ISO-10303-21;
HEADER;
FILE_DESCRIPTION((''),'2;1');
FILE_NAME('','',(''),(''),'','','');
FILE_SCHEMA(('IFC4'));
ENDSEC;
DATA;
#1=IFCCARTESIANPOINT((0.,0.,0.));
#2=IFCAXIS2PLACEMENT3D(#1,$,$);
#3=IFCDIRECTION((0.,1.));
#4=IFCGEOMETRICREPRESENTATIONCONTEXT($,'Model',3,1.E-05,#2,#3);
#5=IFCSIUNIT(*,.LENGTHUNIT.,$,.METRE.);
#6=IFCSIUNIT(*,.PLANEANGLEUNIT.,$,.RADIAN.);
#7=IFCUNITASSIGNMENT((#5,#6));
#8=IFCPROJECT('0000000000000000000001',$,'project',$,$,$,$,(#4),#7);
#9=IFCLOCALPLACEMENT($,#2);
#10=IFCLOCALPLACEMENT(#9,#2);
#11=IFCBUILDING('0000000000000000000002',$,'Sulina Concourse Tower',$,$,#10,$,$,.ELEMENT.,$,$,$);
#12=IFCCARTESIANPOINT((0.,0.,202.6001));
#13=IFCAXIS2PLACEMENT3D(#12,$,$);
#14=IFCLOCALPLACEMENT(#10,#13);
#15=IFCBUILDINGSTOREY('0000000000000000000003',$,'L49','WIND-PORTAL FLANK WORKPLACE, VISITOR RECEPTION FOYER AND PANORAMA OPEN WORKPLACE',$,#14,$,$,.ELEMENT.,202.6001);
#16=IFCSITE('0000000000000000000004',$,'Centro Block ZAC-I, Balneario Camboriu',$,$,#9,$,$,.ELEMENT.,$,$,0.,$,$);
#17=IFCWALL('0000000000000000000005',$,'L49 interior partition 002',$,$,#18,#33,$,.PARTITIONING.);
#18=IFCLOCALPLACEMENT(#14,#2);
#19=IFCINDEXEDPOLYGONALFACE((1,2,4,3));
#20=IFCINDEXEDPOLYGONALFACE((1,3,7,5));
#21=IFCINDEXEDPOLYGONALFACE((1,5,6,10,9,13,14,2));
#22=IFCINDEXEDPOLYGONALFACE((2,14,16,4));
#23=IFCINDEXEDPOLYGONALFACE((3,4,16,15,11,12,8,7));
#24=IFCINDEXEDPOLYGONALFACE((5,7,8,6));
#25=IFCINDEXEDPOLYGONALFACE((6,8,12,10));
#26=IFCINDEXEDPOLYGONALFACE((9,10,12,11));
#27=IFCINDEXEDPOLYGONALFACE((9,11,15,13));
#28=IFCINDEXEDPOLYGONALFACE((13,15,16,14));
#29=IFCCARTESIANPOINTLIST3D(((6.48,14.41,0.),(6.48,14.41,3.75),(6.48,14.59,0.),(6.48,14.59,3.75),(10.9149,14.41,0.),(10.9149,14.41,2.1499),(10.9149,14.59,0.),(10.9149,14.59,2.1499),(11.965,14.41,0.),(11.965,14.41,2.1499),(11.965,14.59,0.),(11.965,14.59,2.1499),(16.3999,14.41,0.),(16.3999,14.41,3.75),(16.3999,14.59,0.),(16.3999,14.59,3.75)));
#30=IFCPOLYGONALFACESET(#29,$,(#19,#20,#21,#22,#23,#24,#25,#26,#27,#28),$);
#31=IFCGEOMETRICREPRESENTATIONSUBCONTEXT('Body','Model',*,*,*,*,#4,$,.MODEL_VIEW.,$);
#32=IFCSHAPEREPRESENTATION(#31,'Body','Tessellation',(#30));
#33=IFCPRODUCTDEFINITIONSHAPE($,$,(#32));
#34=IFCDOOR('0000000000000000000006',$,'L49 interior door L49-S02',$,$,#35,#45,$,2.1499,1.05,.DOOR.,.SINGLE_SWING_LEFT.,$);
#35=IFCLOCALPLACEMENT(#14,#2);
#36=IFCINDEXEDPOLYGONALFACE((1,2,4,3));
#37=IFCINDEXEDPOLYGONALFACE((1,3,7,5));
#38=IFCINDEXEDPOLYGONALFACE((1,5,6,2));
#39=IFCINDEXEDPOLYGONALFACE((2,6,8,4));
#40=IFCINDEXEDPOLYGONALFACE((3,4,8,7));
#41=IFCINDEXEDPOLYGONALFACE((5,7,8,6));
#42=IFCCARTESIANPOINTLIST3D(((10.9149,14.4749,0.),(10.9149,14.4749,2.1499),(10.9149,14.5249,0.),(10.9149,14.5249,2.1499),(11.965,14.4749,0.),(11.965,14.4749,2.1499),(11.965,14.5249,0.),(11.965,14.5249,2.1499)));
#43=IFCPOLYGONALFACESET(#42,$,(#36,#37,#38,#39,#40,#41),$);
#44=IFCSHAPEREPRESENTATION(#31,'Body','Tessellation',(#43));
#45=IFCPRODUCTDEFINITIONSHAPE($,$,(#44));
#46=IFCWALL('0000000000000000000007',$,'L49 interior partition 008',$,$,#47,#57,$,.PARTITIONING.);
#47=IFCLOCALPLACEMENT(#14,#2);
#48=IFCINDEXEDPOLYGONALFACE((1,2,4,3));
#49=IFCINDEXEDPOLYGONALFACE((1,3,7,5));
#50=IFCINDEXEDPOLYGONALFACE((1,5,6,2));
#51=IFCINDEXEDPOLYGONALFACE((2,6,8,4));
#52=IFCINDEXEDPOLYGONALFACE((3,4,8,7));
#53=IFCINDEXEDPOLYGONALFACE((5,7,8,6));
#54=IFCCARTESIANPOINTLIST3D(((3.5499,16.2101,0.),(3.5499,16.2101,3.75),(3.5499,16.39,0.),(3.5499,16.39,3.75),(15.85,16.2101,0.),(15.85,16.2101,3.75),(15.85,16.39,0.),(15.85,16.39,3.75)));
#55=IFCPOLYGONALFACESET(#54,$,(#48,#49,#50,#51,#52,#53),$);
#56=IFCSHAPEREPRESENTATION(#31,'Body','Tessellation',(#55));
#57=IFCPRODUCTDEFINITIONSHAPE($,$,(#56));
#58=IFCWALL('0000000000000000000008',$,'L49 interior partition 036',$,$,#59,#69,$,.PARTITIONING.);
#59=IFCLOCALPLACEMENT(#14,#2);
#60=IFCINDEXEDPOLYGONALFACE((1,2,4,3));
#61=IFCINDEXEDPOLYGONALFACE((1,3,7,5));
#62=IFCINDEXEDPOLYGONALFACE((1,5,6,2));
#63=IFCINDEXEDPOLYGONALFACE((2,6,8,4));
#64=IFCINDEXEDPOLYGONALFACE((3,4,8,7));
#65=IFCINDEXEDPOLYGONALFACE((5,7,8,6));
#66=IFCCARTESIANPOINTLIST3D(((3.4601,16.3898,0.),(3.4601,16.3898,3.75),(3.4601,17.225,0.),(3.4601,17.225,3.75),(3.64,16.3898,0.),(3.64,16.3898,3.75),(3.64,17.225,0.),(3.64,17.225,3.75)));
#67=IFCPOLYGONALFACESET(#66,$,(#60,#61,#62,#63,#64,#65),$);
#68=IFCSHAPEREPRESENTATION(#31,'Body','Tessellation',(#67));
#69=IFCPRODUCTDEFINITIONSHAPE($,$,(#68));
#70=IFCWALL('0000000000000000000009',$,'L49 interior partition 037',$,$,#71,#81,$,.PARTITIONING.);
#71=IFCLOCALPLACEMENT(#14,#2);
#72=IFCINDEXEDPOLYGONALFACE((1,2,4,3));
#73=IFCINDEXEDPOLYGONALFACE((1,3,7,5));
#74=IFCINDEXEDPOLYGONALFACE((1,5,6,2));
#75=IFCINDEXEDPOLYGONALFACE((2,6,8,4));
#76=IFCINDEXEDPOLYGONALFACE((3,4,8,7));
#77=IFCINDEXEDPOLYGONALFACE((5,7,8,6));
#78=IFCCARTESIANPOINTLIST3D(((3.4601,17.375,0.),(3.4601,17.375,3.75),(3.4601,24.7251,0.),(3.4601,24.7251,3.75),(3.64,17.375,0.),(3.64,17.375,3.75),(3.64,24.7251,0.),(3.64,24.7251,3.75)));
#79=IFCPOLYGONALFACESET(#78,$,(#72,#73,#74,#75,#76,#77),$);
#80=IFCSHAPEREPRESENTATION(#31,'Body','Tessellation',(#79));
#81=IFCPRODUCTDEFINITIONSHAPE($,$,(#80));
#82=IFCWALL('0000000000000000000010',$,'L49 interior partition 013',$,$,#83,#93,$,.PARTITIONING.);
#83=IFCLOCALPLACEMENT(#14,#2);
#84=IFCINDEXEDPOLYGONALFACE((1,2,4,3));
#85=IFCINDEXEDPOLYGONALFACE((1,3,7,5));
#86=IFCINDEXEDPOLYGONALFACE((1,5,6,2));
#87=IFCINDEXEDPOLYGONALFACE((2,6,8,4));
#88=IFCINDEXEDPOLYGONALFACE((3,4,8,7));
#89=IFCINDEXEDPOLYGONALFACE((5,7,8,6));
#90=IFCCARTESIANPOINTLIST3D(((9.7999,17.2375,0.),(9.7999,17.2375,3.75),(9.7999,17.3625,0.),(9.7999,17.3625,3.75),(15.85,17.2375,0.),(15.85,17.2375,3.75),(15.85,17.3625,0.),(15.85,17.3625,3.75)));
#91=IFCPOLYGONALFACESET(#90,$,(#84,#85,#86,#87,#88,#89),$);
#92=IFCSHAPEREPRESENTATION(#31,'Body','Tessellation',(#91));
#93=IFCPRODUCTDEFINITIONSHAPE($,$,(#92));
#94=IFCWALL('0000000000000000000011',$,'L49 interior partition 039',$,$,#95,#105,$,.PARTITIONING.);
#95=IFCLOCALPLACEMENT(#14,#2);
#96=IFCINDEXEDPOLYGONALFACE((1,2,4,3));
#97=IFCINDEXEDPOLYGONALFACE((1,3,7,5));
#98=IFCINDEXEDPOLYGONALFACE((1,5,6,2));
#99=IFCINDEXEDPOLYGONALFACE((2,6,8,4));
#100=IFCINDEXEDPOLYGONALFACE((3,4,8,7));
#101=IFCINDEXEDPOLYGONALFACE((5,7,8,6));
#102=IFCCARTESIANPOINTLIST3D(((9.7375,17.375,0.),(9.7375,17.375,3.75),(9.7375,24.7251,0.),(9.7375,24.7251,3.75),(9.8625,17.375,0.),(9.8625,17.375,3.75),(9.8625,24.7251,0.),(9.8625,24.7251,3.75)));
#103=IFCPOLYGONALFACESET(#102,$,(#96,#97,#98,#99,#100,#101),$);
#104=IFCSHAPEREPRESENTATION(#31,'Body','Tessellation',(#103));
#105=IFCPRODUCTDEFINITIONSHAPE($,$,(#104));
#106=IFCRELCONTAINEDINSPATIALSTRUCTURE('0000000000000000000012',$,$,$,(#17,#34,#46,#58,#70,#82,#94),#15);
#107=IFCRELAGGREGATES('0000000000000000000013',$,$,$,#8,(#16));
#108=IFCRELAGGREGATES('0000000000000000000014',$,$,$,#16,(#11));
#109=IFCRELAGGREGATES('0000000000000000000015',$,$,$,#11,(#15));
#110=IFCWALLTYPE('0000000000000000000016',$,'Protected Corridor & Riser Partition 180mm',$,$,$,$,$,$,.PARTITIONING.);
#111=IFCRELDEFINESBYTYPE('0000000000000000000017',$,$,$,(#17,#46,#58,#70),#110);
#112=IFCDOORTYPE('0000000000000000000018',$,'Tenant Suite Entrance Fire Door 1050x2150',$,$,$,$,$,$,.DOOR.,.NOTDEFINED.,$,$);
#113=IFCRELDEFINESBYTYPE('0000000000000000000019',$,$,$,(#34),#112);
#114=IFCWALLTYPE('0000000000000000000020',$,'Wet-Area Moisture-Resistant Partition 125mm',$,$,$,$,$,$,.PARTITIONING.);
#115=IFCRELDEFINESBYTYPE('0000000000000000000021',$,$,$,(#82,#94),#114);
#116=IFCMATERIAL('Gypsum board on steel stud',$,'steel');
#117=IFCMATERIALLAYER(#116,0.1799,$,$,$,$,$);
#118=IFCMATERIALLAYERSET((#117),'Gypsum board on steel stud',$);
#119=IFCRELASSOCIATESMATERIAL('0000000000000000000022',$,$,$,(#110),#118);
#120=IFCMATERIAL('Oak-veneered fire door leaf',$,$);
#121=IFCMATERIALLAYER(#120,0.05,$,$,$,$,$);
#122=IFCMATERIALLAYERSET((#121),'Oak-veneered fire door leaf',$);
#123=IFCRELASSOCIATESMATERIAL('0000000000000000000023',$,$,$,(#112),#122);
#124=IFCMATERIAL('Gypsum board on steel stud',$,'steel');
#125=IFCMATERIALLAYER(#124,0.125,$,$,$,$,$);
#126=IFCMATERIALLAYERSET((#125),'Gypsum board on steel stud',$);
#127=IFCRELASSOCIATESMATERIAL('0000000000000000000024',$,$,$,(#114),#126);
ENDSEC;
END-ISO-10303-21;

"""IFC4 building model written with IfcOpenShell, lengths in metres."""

from ifc_helpers import new_model, si_unit, direction, frame, frame_2d, origin, place, context, subcontext, project, spatial, rectangle, extrude, material, layer, layer_set, type_object, element, fill, save


model = new_model("IFC4")

# Units and contexts
model_context = context("Model", 3, precision=1e-05, world=origin(), true_north=direction((0.0, 1.0)))
body_context = subcontext(model_context, "Body", "Model", "MODEL_VIEW")
ifc_project = project(units=[si_unit("LENGTHUNIT", "METRE"), si_unit("PLANEANGLEUNIT", "RADIAN")], contexts=[model_context])

# Site, building, storey
site_placement = place(None, origin())
site = spatial("IfcSite", under=ifc_project, at=site_placement, Name="Centro Block ZAC-I, Balneario Camboriu", CompositionType="ELEMENT", RefElevation=0.0)
building_placement = place(site_placement, origin())
building = spatial("IfcBuilding", under=site, at=building_placement, Name="Sulina Concourse Tower", CompositionType="ELEMENT")
storey_placement = place(building_placement, frame((0.0, 0.0, 202.6001)))
storey = spatial("IfcBuildingStorey", under=building, at=storey_placement, Name="L49", Description="WIND-PORTAL FLANK WORKPLACE, VISITOR RECEPTION FOYER AND PANORAMA OPEN WORKPLACE", CompositionType="ELEMENT", Elevation=202.6001)

# Wall, opening, door
ifc_material_1 = material(Name="Gypsum board on steel stud", Category="steel")
ifc_layer_1 = layer(ifc_material_1, 0.1799)
ifc_layer_set_1 = layer_set([ifc_layer_1], Name="Gypsum board on steel stud")
wall_type_1 = type_object("IfcWallType", Name="Protected Corridor & Riser Partition 180mm", PredefinedType="PARTITIONING", material=ifc_layer_set_1)
wall_1_placement = place(storey_placement, frame((6.48, 14.5, 0.0), z_axis=(0.0, 0.0, 1.0), x_axis=(1.0, 0.0, 0.0)))
wall_1 = element("IfcWall", 1, at=wall_1_placement, inside=storey, type_object=wall_type_1, Name="L49 interior partition 002", PredefinedType="PARTITIONING", context=body_context, shape_type="SweptSolid", body=[
    extrude(rectangle(XDim=9.9199, YDim=0.1799, at=frame_2d((4.96, 0.0))), origin(), (0.0, 0.0, 1.0), 3.75),
])
opening_1_placement = place(wall_1_placement, frame((4.4351, 0.0, 0.0)))
opening_1 = element("IfcOpeningElement", 2, at=opening_1_placement, cuts=wall_1, PredefinedType="OPENING", context=body_context, shape_type="SweptSolid", body=[
    extrude(rectangle(XDim=1.05, YDim=2.1499, at=frame_2d((0.5249, 1.075))), frame((0.0, 0.0999, 0.0), z_axis=(0.0, -1.0, 0.0), x_axis=(1.0, 0.0, 0.0)), (0.0, 0.0, 1.0), 0.2),
])
ifc_material_2 = material(Name="Oak-veneered fire door leaf")
ifc_layer_2 = layer(ifc_material_2, 0.05)
ifc_layer_set_2 = layer_set([ifc_layer_2], Name="Oak-veneered fire door leaf")
door_type_1 = type_object("IfcDoorType", Name="Tenant Suite Entrance Fire Door 1050x2150", OperationType="NOTDEFINED", PredefinedType="DOOR", material=ifc_layer_set_2)
door_1_placement = place(opening_1_placement, origin())
door_1 = element("IfcDoor", 3, at=door_1_placement, inside=storey, type_object=door_type_1, Name="L49 interior door L49-S02", OperationType="SINGLE_SWING_LEFT", OverallHeight=2.1499, OverallWidth=1.05, PredefinedType="DOOR", context=body_context, shape_type="SweptSolid", body=[
    extrude(rectangle(XDim=1.05, YDim=2.1499, at=frame_2d((0.5249, 1.075))), frame((0.0, 0.0249, 0.0), z_axis=(0.0, -1.0, 0.0), x_axis=(1.0, 0.0, 0.0)), (0.0, 0.0, 1.0), 0.05),
])
fill(opening_1, door_1)

# Walls
wall_2_placement = place(storey_placement, frame((3.55, 16.3, 0.0), z_axis=(0.0, 0.0, 1.0), x_axis=(1.0, 0.0, 0.0)))
element("IfcWall", 4, at=wall_2_placement, inside=storey, type_object=wall_type_1, Name="L49 interior partition 008", PredefinedType="PARTITIONING", context=body_context, shape_type="SweptSolid", body=[
    extrude(rectangle(XDim=12.3, YDim=0.1799, at=frame_2d((6.1499, 0.0))), origin(), (0.0, 0.0, 1.0), 3.75),
])
wall_3_placement = place(storey_placement, frame((3.55, 16.3899, 0.0), z_axis=(0.0, 0.0, 1.0), x_axis=(0.0, 1.0, 0.0)))
element("IfcWall", 5, at=wall_3_placement, inside=storey, type_object=wall_type_1, Name="L49 interior partition 036", PredefinedType="PARTITIONING", context=body_context, shape_type="SweptSolid", body=[
    extrude(rectangle(XDim=0.8352, YDim=0.1799, at=frame_2d((0.4175, 0.0))), origin(), (0.0, 0.0, 1.0), 3.75),
])
wall_4_placement = place(storey_placement, frame((3.55, 17.375, 0.0), z_axis=(0.0, 0.0, 1.0), x_axis=(0.0, 1.0, 0.0)))
element("IfcWall", 6, at=wall_4_placement, inside=storey, type_object=wall_type_1, Name="L49 interior partition 037", PredefinedType="PARTITIONING", context=body_context, shape_type="SweptSolid", body=[
    extrude(rectangle(XDim=7.3501, YDim=0.1799, at=frame_2d((3.675, 0.0))), origin(), (0.0, 0.0, 1.0), 3.75),
])
ifc_material_3 = material(Name="Gypsum board on steel stud", Category="steel")
ifc_layer_3 = layer(ifc_material_3, 0.125)
ifc_layer_set_3 = layer_set([ifc_layer_3], Name="Gypsum board on steel stud")
wall_type_2 = type_object("IfcWallType", Name="Wet-Area Moisture-Resistant Partition 125mm", PredefinedType="PARTITIONING", material=ifc_layer_set_3)
wall_5_placement = place(storey_placement, frame((9.8, 17.3, 0.0), z_axis=(0.0, 0.0, 1.0), x_axis=(1.0, 0.0, 0.0)))
element("IfcWall", 7, at=wall_5_placement, inside=storey, type_object=wall_type_2, Name="L49 interior partition 013", PredefinedType="PARTITIONING", context=body_context, shape_type="SweptSolid", body=[
    extrude(rectangle(XDim=6.05, YDim=0.125, at=frame_2d((3.0249, 0.0))), origin(), (0.0, 0.0, 1.0), 3.75),
])
wall_6_placement = place(storey_placement, frame((9.8, 17.375, 0.0), z_axis=(0.0, 0.0, 1.0), x_axis=(0.0, 1.0, 0.0)))
element("IfcWall", 8, at=wall_6_placement, inside=storey, type_object=wall_type_2, Name="L49 interior partition 039", PredefinedType="PARTITIONING", context=body_context, shape_type="SweptSolid", body=[
    extrude(rectangle(XDim=7.3501, YDim=0.125, at=frame_2d((3.675, 0.0))), origin(), (0.0, 0.0, 1.0), 3.75),
])

save(model, "model.ifc")
